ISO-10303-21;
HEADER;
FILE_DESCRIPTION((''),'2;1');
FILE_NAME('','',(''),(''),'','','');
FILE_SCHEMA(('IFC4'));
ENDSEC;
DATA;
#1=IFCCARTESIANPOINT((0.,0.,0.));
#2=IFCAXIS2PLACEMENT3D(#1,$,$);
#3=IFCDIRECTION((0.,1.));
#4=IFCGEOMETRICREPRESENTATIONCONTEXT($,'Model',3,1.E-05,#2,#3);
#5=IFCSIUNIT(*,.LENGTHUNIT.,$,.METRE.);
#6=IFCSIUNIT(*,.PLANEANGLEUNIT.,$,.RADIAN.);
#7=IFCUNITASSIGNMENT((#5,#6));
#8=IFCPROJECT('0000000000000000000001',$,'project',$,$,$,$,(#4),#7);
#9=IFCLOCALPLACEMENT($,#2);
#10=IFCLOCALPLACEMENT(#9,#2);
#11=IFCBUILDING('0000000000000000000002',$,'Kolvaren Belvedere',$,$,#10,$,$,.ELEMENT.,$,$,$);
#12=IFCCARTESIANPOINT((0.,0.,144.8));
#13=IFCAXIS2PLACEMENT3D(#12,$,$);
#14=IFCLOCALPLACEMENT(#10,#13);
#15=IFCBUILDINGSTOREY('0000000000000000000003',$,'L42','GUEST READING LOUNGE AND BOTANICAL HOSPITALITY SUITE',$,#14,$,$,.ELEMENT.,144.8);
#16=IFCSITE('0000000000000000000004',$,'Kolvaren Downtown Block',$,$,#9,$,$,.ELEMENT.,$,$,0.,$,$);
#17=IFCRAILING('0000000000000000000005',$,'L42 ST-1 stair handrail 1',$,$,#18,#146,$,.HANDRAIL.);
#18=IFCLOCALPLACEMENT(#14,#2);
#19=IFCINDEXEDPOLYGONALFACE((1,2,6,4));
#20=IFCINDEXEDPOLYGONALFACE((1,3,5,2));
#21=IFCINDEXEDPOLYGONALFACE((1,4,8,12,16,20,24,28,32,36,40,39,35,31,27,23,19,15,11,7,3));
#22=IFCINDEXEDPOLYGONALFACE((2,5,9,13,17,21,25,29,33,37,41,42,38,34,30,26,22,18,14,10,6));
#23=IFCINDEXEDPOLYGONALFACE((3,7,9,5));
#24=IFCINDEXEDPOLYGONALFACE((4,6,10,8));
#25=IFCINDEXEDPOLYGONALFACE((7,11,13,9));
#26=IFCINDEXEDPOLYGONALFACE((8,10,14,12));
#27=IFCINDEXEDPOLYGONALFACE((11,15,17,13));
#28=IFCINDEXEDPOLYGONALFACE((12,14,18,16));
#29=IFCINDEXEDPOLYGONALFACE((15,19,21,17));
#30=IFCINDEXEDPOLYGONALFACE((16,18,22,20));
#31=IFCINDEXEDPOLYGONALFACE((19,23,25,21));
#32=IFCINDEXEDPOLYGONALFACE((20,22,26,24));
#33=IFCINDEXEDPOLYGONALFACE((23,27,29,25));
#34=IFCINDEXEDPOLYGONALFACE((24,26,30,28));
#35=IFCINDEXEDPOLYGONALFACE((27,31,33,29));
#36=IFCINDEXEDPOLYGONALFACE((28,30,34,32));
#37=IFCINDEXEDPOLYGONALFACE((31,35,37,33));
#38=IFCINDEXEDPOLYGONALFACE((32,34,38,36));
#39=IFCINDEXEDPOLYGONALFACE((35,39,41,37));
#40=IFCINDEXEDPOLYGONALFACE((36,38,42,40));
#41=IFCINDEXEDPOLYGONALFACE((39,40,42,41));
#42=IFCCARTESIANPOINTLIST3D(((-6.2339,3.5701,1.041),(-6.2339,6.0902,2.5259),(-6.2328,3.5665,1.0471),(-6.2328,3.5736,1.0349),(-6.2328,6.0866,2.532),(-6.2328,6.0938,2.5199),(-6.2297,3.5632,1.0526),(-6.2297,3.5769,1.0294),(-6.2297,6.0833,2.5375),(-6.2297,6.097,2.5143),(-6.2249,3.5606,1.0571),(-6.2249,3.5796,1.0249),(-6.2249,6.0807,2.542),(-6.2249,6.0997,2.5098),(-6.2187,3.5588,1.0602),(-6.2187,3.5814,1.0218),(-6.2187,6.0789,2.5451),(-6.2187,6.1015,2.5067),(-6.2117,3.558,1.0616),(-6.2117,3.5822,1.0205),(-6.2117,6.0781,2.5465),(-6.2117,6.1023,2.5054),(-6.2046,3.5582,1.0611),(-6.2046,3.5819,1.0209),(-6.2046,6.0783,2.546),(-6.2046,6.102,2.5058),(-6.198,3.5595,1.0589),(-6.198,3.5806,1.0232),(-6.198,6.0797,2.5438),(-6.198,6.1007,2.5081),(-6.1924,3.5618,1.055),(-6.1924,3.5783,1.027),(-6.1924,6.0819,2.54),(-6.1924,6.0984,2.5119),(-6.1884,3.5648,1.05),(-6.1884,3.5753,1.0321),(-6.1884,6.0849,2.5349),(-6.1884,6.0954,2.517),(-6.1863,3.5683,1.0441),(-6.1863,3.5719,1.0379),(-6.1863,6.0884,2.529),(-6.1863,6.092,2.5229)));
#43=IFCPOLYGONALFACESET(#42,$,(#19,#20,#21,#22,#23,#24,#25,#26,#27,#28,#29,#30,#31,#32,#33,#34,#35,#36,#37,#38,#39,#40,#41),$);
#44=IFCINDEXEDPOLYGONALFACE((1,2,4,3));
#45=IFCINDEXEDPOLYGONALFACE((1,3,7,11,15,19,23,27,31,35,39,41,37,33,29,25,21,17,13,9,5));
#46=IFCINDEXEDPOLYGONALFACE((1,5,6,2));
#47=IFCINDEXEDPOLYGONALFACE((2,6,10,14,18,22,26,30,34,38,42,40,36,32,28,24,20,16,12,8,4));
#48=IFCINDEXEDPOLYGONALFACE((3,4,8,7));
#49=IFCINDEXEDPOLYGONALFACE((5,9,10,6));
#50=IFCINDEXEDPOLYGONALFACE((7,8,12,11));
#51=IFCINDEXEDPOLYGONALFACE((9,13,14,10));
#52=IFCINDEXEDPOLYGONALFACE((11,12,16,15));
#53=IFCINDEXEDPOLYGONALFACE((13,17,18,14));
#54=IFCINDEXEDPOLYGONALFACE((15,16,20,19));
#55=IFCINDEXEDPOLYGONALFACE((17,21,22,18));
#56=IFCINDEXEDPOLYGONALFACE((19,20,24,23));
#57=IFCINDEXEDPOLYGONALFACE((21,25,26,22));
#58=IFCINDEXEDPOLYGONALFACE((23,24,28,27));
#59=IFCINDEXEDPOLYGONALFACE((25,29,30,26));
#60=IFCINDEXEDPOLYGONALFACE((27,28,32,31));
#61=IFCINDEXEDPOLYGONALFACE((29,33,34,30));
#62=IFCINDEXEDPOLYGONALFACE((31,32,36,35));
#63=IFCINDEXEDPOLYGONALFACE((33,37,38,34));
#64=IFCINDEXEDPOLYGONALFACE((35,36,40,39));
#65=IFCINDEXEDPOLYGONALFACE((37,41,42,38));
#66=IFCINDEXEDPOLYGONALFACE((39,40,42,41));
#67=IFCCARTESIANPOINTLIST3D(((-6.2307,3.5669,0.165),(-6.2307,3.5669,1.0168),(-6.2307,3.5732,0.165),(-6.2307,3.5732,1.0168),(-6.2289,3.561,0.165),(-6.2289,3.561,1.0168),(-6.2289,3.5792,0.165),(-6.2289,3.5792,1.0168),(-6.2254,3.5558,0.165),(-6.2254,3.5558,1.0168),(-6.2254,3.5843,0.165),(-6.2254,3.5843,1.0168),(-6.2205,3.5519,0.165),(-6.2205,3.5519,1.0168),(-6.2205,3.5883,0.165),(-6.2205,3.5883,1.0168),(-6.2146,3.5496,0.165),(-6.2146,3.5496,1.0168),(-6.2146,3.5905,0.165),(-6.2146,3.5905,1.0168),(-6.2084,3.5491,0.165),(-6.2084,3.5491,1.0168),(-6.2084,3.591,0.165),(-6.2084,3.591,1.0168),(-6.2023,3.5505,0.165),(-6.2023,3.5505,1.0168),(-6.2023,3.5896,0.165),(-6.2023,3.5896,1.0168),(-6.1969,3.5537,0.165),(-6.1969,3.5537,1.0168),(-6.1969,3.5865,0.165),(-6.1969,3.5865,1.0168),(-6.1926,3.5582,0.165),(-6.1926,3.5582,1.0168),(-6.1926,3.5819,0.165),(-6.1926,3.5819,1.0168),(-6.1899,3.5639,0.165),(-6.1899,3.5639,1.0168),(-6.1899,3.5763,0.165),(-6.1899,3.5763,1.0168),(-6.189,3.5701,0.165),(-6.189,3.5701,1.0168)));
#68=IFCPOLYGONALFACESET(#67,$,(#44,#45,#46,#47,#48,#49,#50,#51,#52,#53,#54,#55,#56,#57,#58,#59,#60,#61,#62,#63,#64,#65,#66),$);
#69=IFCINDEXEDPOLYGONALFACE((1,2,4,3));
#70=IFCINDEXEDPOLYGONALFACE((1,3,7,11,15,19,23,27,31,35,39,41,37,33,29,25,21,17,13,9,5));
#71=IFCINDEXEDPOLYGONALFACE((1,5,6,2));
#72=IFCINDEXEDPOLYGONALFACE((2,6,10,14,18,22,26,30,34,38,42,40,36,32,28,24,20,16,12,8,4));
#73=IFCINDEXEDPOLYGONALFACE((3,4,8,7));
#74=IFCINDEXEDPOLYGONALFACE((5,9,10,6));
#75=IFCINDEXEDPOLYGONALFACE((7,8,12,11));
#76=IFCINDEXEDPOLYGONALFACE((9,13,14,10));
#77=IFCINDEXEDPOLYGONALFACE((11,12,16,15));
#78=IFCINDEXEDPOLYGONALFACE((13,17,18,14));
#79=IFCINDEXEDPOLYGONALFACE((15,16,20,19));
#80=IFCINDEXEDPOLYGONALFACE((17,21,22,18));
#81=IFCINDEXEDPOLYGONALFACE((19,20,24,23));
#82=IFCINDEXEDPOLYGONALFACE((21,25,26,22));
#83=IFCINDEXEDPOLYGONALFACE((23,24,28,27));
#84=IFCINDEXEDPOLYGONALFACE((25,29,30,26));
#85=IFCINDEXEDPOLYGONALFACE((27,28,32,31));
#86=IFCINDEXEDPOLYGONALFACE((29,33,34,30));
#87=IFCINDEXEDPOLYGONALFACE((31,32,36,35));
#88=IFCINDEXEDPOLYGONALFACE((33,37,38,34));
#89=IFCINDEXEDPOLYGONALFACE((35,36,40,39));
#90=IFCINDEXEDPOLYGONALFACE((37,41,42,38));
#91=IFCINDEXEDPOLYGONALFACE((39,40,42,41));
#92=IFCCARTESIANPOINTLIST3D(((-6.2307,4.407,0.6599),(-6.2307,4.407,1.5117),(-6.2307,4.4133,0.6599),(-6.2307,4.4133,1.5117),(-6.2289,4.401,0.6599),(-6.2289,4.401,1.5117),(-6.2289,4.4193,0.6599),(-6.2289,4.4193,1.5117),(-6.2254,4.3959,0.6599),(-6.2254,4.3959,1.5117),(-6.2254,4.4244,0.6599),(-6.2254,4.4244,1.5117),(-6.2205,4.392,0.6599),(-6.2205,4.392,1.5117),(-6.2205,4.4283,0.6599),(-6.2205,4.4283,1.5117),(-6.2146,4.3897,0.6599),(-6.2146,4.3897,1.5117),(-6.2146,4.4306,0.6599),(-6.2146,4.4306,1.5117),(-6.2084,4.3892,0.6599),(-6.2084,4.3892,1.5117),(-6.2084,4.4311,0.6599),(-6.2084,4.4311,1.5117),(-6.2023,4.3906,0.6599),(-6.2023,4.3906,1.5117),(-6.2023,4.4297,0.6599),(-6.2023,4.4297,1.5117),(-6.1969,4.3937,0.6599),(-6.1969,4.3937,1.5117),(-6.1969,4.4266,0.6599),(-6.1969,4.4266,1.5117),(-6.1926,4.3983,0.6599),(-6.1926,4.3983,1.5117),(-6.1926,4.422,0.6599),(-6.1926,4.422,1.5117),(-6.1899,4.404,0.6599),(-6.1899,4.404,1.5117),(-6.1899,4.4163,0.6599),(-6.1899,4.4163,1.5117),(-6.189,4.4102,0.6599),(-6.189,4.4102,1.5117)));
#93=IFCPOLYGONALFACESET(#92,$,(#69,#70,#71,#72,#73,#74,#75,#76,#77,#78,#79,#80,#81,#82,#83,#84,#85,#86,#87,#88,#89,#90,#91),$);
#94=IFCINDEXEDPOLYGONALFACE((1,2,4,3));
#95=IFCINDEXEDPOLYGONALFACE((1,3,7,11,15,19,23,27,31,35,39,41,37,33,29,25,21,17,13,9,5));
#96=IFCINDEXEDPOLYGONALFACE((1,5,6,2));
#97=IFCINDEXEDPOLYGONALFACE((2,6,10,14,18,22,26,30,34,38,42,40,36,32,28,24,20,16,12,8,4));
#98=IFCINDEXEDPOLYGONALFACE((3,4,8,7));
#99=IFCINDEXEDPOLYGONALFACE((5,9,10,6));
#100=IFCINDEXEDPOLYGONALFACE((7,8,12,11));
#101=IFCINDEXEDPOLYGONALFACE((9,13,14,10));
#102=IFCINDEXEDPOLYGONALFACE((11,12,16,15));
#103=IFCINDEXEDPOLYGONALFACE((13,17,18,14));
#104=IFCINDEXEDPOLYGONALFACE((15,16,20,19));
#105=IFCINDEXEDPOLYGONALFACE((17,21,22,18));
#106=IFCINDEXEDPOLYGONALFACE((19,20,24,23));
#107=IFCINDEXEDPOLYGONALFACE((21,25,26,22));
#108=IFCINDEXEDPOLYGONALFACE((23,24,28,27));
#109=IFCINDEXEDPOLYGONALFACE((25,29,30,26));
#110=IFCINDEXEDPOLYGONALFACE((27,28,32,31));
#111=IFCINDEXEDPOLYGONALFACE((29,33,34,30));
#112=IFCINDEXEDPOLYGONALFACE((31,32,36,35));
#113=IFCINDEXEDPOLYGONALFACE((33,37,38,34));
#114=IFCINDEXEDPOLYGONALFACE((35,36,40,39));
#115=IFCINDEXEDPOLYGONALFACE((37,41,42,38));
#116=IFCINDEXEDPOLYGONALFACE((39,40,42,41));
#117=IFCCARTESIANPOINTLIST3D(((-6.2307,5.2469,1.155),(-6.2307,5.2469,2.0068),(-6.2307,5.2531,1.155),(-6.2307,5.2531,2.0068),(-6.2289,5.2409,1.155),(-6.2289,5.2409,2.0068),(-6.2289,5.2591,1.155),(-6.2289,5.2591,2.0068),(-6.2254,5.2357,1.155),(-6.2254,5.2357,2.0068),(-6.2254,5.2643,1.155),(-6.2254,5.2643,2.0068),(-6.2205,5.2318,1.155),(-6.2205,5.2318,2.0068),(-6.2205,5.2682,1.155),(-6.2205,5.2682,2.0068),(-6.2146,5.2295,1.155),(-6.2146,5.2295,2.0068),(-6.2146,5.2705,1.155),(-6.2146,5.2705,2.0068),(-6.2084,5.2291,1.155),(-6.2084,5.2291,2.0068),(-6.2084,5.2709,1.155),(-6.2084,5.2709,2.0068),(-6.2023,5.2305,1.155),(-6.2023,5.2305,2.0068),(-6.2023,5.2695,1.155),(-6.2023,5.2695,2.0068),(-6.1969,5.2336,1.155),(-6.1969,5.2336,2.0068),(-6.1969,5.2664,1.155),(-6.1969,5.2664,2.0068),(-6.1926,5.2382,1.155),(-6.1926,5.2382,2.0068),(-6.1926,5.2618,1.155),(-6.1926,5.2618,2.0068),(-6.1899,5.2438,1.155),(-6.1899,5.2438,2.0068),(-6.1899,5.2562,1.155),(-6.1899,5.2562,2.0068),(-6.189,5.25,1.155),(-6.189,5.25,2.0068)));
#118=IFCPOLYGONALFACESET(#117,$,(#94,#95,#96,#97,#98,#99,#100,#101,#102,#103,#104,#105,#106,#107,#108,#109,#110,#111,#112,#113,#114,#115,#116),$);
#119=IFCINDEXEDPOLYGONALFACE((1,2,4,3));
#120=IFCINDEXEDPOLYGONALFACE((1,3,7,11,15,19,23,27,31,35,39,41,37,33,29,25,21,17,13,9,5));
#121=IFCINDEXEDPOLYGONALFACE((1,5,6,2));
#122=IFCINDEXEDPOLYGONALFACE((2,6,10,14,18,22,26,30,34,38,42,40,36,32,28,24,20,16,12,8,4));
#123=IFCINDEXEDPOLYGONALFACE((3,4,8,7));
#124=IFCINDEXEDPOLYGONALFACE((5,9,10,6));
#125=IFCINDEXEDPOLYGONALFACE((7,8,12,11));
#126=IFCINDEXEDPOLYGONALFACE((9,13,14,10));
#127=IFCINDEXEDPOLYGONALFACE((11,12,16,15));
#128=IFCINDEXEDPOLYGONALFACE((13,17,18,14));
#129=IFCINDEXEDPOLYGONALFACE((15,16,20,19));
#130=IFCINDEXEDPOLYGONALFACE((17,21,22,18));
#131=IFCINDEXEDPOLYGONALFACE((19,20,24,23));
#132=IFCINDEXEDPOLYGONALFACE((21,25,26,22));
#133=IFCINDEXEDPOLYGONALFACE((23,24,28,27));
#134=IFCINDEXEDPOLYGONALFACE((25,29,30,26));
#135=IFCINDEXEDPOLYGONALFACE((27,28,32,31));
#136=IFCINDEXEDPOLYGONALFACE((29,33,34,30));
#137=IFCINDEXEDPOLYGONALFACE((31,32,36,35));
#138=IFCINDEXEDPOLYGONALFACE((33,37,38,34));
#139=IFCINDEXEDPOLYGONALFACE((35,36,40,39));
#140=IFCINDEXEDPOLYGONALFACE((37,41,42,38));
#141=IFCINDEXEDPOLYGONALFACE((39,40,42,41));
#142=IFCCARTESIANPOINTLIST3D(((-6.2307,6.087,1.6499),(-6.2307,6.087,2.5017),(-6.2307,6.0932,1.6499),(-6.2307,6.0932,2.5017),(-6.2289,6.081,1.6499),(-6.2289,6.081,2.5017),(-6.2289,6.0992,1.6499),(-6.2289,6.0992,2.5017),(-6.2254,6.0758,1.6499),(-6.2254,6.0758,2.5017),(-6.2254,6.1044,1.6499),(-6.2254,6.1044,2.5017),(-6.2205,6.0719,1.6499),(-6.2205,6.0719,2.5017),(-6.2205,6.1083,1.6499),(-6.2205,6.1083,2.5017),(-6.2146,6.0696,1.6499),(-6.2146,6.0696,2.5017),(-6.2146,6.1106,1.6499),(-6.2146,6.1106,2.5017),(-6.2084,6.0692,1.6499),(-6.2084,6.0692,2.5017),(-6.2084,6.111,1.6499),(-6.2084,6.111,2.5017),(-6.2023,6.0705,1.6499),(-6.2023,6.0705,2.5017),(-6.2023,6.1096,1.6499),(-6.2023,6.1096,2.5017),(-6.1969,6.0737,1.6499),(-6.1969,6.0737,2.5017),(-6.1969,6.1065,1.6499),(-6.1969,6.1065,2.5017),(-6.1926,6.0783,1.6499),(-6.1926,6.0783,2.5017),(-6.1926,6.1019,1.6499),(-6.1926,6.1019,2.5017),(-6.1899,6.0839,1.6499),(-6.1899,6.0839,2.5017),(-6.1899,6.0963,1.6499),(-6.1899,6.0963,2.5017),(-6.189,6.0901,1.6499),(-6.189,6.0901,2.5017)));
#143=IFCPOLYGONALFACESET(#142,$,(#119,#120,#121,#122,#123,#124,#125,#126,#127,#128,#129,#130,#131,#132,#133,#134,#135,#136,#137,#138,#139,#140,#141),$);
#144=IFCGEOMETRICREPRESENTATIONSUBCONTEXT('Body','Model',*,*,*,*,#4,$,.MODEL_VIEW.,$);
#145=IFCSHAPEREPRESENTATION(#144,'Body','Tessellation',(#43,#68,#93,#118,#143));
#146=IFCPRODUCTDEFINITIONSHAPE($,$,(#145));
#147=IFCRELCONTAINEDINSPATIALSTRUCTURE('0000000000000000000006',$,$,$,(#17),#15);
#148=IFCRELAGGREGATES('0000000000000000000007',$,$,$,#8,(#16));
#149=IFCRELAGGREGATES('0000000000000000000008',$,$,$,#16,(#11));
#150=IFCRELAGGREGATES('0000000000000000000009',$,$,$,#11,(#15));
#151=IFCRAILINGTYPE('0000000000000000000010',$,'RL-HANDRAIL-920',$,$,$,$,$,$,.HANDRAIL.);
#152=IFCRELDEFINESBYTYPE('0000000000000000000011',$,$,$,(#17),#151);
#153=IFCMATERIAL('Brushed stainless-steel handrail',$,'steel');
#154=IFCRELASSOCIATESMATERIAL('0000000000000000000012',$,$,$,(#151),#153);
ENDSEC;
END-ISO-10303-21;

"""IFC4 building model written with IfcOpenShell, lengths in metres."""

from ifc_helpers import new_model, si_unit, direction, frame, origin, origin_2d, place, context, subcontext, project, spatial, circle, extrude, material, type_object, element, save


model = new_model("IFC4")

# Units and contexts
model_context = context("Model", 3, precision=1e-05, world=origin(), true_north=direction((0.0, 1.0)))
body_context = subcontext(model_context, "Body", "Model", "MODEL_VIEW")
ifc_project = project(units=[si_unit("LENGTHUNIT", "METRE"), si_unit("PLANEANGLEUNIT", "RADIAN")], contexts=[model_context])

# Site, building, storey
site_placement = place(None, origin())
site = spatial("IfcSite", under=ifc_project, at=site_placement, Name="Kolvaren Downtown Block", CompositionType="ELEMENT", RefElevation=0.0)
building_placement = place(site_placement, origin())
building = spatial("IfcBuilding", under=site, at=building_placement, Name="Kolvaren Belvedere", CompositionType="ELEMENT")
storey_placement = place(building_placement, frame((0.0, 0.0, 144.8)))
storey = spatial("IfcBuildingStorey", under=building, at=storey_placement, Name="L42", Description="GUEST READING LOUNGE AND BOTANICAL HOSPITALITY SUITE", CompositionType="ELEMENT", Elevation=144.8)

# Railing
ifc_material_1 = material(Name="Brushed stainless-steel handrail", Category="steel")
railing_type_1 = type_object("IfcRailingType", Name="RL-HANDRAIL-920", PredefinedType="HANDRAIL", material=ifc_material_1)
railing_1_placement = place(storey_placement, frame((-6.21, 3.5701, 0.165)))
element("IfcRailing", 1, at=railing_1_placement, inside=storey, type_object=railing_type_1, Name="L42 ST-1 stair handrail 1", PredefinedType="HANDRAIL", context=body_context, shape_type="SweptSolid", body=[
    extrude(circle(Radius=0.0239, at=origin_2d()), frame((0.0, 0.0, 0.876), z_axis=(0.0, 0.861561, 0.507655), x_axis=(-1.0, 0.0, 0.0)), (0.0, 0.0, 1.0), 2.925),
    extrude(circle(Radius=0.021, at=origin_2d()), origin(), (0.0, 0.0, 1.0), 0.8518),
    extrude(circle(Radius=0.021, at=origin_2d()), frame((0.0, 0.8401, 0.4949)), (0.0, 0.0, 1.0), 0.8518),
    extrude(circle(Radius=0.021, at=origin_2d()), frame((0.0, 1.6799, 0.99)), (0.0, 0.0, 1.0), 0.8518),
    extrude(circle(Radius=0.021, at=origin_2d()), frame((0.0, 2.52, 1.4849)), (0.0, 0.0, 1.0), 0.8518),
])

save(model, "model.ifc")
